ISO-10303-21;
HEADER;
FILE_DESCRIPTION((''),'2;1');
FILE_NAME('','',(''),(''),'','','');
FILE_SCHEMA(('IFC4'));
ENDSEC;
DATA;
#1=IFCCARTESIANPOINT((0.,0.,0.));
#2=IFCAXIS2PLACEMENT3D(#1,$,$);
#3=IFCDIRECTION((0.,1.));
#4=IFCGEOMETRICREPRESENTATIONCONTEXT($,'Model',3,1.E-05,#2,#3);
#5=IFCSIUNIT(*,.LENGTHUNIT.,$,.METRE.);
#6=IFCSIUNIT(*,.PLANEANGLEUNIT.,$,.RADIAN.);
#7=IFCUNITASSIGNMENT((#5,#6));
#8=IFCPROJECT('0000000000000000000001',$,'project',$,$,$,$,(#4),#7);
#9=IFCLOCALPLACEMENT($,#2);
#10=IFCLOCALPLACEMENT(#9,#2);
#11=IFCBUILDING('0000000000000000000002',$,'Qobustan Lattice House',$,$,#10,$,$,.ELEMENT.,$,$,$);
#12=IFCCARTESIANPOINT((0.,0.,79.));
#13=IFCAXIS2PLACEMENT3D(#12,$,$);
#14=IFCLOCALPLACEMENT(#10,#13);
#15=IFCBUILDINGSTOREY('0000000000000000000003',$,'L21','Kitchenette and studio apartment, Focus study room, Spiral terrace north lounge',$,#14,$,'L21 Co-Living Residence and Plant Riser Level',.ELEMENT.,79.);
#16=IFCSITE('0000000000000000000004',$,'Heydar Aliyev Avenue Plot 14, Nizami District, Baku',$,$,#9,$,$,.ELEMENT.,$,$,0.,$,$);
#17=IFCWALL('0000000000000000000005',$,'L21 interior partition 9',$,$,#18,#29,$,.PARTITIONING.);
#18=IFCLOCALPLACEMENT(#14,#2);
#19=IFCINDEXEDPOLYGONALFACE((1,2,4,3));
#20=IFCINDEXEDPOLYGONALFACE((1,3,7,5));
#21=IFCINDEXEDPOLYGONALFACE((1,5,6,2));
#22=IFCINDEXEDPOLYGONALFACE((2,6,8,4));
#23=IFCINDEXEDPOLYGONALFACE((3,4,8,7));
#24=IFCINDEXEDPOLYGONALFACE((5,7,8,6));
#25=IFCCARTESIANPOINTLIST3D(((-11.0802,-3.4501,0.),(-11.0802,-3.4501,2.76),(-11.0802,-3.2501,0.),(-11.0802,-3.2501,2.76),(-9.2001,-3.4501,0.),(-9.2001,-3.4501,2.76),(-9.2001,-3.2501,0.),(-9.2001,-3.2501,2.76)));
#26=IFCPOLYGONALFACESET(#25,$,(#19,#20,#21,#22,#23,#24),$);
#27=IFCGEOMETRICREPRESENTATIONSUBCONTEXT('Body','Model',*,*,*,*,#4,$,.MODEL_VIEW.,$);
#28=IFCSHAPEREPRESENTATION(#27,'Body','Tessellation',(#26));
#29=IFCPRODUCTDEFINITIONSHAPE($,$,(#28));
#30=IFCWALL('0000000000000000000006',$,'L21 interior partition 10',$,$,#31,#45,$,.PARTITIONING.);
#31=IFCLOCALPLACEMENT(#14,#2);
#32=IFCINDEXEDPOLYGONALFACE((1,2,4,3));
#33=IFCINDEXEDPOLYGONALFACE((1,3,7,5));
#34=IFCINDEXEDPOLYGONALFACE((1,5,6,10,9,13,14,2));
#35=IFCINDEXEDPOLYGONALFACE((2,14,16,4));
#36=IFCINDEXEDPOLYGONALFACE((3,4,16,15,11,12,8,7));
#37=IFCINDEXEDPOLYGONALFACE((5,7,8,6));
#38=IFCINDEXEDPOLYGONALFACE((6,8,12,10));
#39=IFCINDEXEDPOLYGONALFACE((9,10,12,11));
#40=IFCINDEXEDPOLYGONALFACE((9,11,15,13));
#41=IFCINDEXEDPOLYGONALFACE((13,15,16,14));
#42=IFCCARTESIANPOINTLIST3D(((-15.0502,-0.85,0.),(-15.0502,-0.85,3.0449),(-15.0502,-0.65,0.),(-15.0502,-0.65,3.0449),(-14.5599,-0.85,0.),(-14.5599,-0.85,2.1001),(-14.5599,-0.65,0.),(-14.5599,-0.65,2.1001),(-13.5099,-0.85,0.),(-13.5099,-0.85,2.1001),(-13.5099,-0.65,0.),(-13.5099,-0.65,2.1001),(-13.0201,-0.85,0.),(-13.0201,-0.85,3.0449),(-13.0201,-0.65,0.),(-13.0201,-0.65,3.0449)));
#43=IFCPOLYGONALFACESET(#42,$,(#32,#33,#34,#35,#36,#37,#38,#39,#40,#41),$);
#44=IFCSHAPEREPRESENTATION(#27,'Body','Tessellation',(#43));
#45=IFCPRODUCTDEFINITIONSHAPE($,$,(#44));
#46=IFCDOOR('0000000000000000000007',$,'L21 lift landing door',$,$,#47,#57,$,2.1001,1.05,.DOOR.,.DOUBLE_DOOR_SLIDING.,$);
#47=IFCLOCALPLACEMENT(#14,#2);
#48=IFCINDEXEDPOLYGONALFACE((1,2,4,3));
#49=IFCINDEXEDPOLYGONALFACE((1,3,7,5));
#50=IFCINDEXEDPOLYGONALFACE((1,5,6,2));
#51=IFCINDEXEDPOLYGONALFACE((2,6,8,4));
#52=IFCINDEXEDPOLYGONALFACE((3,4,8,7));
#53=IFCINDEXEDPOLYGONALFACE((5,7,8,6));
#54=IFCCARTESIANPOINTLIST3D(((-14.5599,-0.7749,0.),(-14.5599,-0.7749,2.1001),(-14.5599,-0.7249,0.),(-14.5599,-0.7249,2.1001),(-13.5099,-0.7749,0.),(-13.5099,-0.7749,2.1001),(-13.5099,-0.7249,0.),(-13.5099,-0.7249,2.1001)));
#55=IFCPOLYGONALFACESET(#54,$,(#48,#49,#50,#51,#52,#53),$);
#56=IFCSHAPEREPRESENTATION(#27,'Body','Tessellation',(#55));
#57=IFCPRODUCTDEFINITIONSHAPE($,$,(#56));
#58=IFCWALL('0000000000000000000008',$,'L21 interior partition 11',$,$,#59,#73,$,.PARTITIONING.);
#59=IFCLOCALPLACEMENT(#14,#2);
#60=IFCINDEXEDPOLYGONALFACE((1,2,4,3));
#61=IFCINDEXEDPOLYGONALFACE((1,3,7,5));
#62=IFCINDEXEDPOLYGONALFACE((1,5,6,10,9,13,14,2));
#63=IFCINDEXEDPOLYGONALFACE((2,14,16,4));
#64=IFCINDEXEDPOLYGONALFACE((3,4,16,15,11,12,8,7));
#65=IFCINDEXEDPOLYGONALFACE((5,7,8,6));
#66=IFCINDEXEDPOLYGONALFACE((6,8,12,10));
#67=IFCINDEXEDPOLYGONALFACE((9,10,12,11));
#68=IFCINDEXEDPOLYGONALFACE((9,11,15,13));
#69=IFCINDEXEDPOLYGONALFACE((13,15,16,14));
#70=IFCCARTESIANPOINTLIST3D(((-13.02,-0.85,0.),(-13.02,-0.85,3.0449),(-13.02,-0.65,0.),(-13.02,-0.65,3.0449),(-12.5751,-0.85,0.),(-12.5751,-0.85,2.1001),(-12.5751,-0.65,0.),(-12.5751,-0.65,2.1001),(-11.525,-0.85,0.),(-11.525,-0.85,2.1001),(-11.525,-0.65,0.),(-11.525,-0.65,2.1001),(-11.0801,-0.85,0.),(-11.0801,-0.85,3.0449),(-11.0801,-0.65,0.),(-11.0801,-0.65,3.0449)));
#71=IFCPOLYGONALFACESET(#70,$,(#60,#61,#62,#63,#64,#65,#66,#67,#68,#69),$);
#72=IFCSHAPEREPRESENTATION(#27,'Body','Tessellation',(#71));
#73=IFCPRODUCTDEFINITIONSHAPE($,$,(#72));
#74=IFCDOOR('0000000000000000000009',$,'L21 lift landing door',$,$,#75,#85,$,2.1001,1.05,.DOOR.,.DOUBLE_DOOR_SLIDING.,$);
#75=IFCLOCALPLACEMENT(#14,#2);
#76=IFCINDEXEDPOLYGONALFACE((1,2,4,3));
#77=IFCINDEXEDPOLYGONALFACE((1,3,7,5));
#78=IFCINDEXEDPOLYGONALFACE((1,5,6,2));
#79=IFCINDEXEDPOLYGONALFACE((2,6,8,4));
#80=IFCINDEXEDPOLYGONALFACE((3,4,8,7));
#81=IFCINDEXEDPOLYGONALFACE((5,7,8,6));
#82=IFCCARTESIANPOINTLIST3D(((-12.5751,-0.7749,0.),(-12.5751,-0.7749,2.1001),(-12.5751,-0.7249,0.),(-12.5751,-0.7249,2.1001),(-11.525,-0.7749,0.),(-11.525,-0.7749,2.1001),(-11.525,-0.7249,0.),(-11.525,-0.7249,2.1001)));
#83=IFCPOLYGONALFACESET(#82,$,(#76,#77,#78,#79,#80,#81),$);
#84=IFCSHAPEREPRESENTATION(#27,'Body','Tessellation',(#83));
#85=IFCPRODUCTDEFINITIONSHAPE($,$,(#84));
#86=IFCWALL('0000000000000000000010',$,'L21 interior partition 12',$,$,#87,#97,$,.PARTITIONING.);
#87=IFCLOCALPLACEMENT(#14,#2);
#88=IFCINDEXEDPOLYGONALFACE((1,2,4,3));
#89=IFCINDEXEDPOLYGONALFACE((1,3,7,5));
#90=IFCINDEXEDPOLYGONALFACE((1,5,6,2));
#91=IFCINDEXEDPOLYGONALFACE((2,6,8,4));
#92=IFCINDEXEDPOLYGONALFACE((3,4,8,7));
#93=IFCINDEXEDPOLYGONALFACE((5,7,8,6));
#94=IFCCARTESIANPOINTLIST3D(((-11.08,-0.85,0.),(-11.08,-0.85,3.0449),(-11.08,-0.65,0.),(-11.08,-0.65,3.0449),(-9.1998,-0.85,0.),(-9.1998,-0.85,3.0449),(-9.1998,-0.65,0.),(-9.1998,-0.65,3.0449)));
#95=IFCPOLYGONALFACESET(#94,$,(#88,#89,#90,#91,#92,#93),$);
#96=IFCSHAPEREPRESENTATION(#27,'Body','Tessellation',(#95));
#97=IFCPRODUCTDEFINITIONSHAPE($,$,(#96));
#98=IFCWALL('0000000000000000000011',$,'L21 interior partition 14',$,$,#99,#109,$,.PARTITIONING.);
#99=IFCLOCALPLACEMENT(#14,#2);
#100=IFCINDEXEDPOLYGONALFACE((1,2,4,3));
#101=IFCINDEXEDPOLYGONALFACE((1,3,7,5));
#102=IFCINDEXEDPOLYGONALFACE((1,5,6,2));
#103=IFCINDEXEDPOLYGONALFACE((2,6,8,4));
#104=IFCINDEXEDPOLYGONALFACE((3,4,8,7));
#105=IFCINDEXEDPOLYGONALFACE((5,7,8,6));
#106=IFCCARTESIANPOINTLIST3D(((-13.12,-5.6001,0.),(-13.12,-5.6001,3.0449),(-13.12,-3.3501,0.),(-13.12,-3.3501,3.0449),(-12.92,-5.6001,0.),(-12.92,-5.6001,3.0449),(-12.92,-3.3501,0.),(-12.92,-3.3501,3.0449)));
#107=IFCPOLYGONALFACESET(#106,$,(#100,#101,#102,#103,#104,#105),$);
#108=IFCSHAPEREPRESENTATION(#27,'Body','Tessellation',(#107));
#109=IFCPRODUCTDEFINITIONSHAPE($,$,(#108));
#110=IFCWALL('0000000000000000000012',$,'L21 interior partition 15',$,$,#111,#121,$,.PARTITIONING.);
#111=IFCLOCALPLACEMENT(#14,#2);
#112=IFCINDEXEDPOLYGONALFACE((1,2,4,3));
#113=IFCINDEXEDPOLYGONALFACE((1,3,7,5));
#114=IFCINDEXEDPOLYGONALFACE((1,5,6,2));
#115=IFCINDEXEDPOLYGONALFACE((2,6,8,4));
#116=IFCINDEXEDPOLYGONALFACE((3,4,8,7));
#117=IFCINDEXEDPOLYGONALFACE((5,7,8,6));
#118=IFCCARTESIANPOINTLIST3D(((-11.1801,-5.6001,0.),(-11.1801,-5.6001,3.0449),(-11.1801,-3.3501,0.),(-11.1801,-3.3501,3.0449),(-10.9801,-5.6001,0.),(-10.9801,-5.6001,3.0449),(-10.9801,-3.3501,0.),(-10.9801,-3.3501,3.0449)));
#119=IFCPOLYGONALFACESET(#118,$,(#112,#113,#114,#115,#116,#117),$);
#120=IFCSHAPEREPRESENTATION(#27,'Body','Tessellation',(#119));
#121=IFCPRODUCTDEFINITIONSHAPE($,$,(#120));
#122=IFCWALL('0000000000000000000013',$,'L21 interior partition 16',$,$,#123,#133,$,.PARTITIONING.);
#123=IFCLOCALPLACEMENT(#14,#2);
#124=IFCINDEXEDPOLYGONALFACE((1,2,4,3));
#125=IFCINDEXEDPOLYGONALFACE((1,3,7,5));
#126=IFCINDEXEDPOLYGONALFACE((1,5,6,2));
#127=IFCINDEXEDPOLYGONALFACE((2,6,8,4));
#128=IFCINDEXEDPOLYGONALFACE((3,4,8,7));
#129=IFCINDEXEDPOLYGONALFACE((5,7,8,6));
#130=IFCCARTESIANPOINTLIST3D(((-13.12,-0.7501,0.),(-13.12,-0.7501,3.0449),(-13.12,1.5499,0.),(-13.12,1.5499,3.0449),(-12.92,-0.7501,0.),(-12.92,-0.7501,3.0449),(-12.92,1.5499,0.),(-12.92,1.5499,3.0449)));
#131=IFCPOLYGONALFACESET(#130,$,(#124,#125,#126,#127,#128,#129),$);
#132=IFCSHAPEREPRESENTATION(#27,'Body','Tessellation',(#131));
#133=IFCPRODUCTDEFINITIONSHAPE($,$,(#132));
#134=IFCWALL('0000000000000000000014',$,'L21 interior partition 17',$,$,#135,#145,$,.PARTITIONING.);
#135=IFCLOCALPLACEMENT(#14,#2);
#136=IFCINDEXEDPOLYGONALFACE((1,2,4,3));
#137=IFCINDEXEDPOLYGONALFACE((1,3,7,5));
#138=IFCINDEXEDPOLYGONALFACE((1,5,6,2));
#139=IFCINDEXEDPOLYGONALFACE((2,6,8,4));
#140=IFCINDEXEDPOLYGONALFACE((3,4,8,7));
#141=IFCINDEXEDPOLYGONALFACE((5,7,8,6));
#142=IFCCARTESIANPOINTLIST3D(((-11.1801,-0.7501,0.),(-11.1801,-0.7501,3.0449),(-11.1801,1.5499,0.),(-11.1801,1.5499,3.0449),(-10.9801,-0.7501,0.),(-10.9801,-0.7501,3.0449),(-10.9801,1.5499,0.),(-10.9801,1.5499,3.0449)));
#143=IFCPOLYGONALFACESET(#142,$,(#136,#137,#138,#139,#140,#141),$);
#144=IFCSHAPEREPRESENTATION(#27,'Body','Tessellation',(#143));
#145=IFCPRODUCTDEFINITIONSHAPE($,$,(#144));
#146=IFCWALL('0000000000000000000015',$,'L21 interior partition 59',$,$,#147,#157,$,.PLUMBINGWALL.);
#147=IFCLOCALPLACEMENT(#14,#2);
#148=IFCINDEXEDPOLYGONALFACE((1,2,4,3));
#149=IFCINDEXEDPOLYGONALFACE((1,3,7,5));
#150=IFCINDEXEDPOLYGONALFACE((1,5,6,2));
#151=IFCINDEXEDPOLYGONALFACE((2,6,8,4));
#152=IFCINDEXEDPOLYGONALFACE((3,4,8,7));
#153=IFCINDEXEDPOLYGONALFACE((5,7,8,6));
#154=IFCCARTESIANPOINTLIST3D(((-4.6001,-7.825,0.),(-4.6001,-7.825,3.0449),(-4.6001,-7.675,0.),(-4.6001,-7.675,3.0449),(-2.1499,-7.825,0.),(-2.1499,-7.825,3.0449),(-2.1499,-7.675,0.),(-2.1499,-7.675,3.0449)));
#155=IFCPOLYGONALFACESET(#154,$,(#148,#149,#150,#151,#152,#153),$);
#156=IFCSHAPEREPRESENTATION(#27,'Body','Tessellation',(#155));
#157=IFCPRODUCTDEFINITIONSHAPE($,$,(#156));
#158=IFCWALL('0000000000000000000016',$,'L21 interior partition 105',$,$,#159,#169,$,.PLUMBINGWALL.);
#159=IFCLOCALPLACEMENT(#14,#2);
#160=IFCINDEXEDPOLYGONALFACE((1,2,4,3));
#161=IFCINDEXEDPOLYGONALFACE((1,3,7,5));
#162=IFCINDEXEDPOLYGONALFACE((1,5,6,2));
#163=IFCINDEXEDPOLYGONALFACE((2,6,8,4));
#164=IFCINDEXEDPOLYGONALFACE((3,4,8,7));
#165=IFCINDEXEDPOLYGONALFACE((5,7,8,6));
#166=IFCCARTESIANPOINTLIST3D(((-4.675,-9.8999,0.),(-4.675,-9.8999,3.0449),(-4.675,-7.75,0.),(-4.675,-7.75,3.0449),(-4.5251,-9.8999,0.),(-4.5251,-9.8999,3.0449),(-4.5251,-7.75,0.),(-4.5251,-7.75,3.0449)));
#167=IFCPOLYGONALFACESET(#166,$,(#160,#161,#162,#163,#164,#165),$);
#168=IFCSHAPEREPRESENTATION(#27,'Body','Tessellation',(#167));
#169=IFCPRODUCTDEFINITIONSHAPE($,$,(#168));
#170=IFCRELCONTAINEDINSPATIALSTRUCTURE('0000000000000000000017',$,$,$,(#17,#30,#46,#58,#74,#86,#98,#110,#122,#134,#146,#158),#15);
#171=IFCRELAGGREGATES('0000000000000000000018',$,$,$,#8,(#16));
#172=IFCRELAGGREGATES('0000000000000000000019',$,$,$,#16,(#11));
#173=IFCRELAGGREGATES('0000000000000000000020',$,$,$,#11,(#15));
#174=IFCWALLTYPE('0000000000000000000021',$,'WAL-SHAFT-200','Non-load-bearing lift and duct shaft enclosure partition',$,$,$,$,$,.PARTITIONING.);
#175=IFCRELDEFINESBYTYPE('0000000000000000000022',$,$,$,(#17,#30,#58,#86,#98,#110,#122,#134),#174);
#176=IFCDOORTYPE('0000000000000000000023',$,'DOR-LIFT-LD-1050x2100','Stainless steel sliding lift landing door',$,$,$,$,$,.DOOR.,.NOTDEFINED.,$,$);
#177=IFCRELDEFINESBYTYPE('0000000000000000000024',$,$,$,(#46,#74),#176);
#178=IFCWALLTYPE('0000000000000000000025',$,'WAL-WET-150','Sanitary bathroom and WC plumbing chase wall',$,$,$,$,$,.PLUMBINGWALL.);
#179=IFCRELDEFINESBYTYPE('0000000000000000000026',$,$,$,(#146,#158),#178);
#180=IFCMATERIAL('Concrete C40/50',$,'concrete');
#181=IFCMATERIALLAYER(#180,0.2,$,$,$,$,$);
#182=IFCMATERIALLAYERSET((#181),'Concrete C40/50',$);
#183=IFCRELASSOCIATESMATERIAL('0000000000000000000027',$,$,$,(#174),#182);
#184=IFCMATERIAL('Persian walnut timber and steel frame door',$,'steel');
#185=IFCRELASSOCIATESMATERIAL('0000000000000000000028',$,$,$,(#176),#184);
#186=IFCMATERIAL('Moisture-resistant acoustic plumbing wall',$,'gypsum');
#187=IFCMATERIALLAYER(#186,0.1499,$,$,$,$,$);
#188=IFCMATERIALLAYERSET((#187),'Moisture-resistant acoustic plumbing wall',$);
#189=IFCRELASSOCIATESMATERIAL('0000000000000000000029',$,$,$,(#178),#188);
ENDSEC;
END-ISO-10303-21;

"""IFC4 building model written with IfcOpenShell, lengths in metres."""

from ifc_helpers import new_model, si_unit, direction, frame, frame_2d, origin, place, context, subcontext, project, spatial, rectangle, extrude, material, layer, layer_set, type_object, element, fill, save


model = new_model("IFC4")

# Units and contexts
model_context = context("Model", 3, precision=1e-05, world=origin(), true_north=direction((0.0, 1.0)))
body_context = subcontext(model_context, "Body", "Model", "MODEL_VIEW")
ifc_project = project(units=[si_unit("LENGTHUNIT", "METRE"), si_unit("PLANEANGLEUNIT", "RADIAN")], contexts=[model_context])

# Site, building, storey
site_placement = place(None, origin())
site = spatial("IfcSite", under=ifc_project, at=site_placement, Name="Heydar Aliyev Avenue Plot 14, Nizami District, Baku", CompositionType="ELEMENT", RefElevation=0.0)
building_placement = place(site_placement, origin())
building = spatial("IfcBuilding", under=site, at=building_placement, Name="Qobustan Lattice House", CompositionType="ELEMENT")
storey_placement = place(building_placement, frame((0.0, 0.0, 79.0)))
storey = spatial("IfcBuildingStorey", under=building, at=storey_placement, Name="L21", Description="Kitchenette and studio apartment, Focus study room, Spiral terrace north lounge", LongName="L21 Co-Living Residence and Plant Riser Level", CompositionType="ELEMENT", Elevation=79.0)

# Shared definitions
ifc_material_1 = material(Name="Concrete C40/50", Category="concrete")
ifc_layer_1 = layer(ifc_material_1, 0.2)
ifc_layer_set_1 = layer_set([ifc_layer_1], Name="Concrete C40/50")
wall_type_1 = type_object("IfcWallType", Name="WAL-SHAFT-200", Description="Non-load-bearing lift and duct shaft enclosure partition", PredefinedType="PARTITIONING", material=ifc_layer_set_1)
ifc_material_2 = material(Name="Persian walnut timber and steel frame door", Category="steel")
door_type_1 = type_object("IfcDoorType", Name="DOR-LIFT-LD-1050x2100", Description="Stainless steel sliding lift landing door", OperationType="NOTDEFINED", PredefinedType="DOOR", material=ifc_material_2)

# Wall
wall_1_placement = place(storey_placement, frame((-11.0801, -3.3501, 0.0), z_axis=(0.0, 0.0, 1.0), x_axis=(1.0, 0.0, 0.0)))
element("IfcWall", 1, at=wall_1_placement, inside=storey, type_object=wall_type_1, Name="L21 interior partition 9", PredefinedType="PARTITIONING", context=body_context, shape_type="SweptSolid", body=[
    extrude(rectangle(XDim=1.8801, YDim=0.2, at=frame_2d((0.9399, 0.0))), origin(), (0.0, 0.0, 1.0), 2.76),
])

# Walls, openings, doors
wall_2_placement = place(storey_placement, frame((-13.02, -0.75, 0.0), z_axis=(0.0, 0.0, 1.0), x_axis=(-1.0, 0.0, 0.0)))
wall_2 = element("IfcWall", 2, at=wall_2_placement, inside=storey, type_object=wall_type_1, Name="L21 interior partition 10", PredefinedType="PARTITIONING", context=body_context, shape_type="SweptSolid", body=[
    extrude(rectangle(XDim=2.03, YDim=0.2, at=frame_2d((1.0151, 0.0))), origin(), (0.0, 0.0, 1.0), 3.0449),
])
opening_1_placement = place(wall_2_placement, frame((0.49, 0.0, 0.0)))
opening_1 = element("IfcOpeningElement", 3, at=opening_1_placement, cuts=wall_2, PredefinedType="OPENING", context=body_context, shape_type="SweptSolid", body=[
    extrude(rectangle(XDim=1.05, YDim=2.1001, at=frame_2d((0.5249, 1.05))), frame((0.0, 0.1099, 0.0), z_axis=(0.0, -1.0, 0.0), x_axis=(1.0, 0.0, 0.0)), (0.0, 0.0, 1.0), 0.22),
])
door_1_placement = place(opening_1_placement, origin())
door_1 = element("IfcDoor", 4, at=door_1_placement, inside=storey, type_object=door_type_1, Name="L21 lift landing door", OperationType="DOUBLE_DOOR_SLIDING", OverallHeight=2.1001, OverallWidth=1.05, PredefinedType="DOOR", context=body_context, shape_type="SweptSolid", body=[
    extrude(rectangle(XDim=1.05, YDim=2.1001, at=frame_2d((0.5249, 1.05))), frame((0.0, 0.0249, 0.0), z_axis=(0.0, -1.0, 0.0), x_axis=(1.0, 0.0, 0.0)), (0.0, 0.0, 1.0), 0.05),
])
fill(opening_1, door_1)
wall_3_placement = place(storey_placement, frame((-11.0801, -0.75, 0.0), z_axis=(0.0, 0.0, 1.0), x_axis=(-1.0, 0.0, 0.0)))
wall_3 = element("IfcWall", 5, at=wall_3_placement, inside=storey, type_object=wall_type_1, Name="L21 interior partition 11", PredefinedType="PARTITIONING", context=body_context, shape_type="SweptSolid", body=[
    extrude(rectangle(XDim=1.9399, YDim=0.2, at=frame_2d((0.97, 0.0))), origin(), (0.0, 0.0, 1.0), 3.0449),
])
opening_2_placement = place(wall_3_placement, frame((0.4451, 0.0, 0.0)))
opening_2 = element("IfcOpeningElement", 6, at=opening_2_placement, cuts=wall_3, PredefinedType="OPENING", context=body_context, shape_type="SweptSolid", body=[
    extrude(rectangle(XDim=1.05, YDim=2.1001, at=frame_2d((0.5249, 1.05))), frame((0.0, 0.1099, 0.0), z_axis=(0.0, -1.0, 0.0), x_axis=(1.0, 0.0, 0.0)), (0.0, 0.0, 1.0), 0.22),
])
door_2_placement = place(opening_2_placement, origin())
door_2 = element("IfcDoor", 7, at=door_2_placement, inside=storey, type_object=door_type_1, Name="L21 lift landing door", OperationType="DOUBLE_DOOR_SLIDING", OverallHeight=2.1001, OverallWidth=1.05, PredefinedType="DOOR", context=body_context, shape_type="SweptSolid", body=[
    extrude(rectangle(XDim=1.05, YDim=2.1001, at=frame_2d((0.5249, 1.05))), frame((0.0, 0.0249, 0.0), z_axis=(0.0, -1.0, 0.0), x_axis=(1.0, 0.0, 0.0)), (0.0, 0.0, 1.0), 0.05),
])
fill(opening_2, door_2)

# Walls
wall_4_placement = place(storey_placement, frame((-9.2, -0.75, 0.0), z_axis=(0.0, 0.0, 1.0), x_axis=(-1.0, 0.0, 0.0)))
element("IfcWall", 8, at=wall_4_placement, inside=storey, type_object=wall_type_1, Name="L21 interior partition 12", PredefinedType="PARTITIONING", context=body_context, shape_type="SweptSolid", body=[
    extrude(rectangle(XDim=1.8801, YDim=0.2, at=frame_2d((0.9399, 0.0))), origin(), (0.0, 0.0, 1.0), 3.0449),
])
for number, where, z_axis, x_axis, name in (
    (9, (-13.02, -5.6001, 0.0), (0.0, 0.0, 1.0), (0.0, 1.0, 0.0), "L21 interior partition 14"),
    (10, (-11.0801, -5.6001, 0.0), (0.0, 0.0, 1.0), (0.0, 1.0, 0.0), "L21 interior partition 15"),
):
    element("IfcWall", number, at=place(storey_placement, frame(where, z_axis=z_axis, x_axis=x_axis)), inside=storey, type_object=wall_type_1, Name=name, PredefinedType="PARTITIONING", context=body_context, shape_type="SweptSolid", body=[
        extrude(rectangle(XDim=2.25, YDim=0.2, at=frame_2d((1.125, 0.0))), origin(), (0.0, 0.0, 1.0), 3.0449),
    ])
for number, where, z_axis, x_axis, name in (
    (11, (-13.02, -0.75, 0.0), (0.0, 0.0, 1.0), (0.0, 1.0, 0.0), "L21 interior partition 16"),
    (12, (-11.0801, -0.75, 0.0), (0.0, 0.0, 1.0), (0.0, 1.0, 0.0), "L21 interior partition 17"),
):
    element("IfcWall", number, at=place(storey_placement, frame(where, z_axis=z_axis, x_axis=x_axis)), inside=storey, type_object=wall_type_1, Name=name, PredefinedType="PARTITIONING", context=body_context, shape_type="SweptSolid", body=[
        extrude(rectangle(XDim=2.3, YDim=0.2, at=frame_2d((1.1499, 0.0))), origin(), (0.0, 0.0, 1.0), 3.0449),
    ])
ifc_material_3 = material(Name="Moisture-resistant acoustic plumbing wall", Category="gypsum")
ifc_layer_2 = layer(ifc_material_3, 0.1499)
ifc_layer_set_2 = layer_set([ifc_layer_2], Name="Moisture-resistant acoustic plumbing wall")
wall_type_2 = type_object("IfcWallType", Name="WAL-WET-150", Description="Sanitary bathroom and WC plumbing chase wall", PredefinedType="PLUMBINGWALL", material=ifc_layer_set_2)
wall_5_placement = place(storey_placement, frame((-2.1499, -7.75, 0.0), z_axis=(0.0, 0.0, 1.0), x_axis=(-1.0, 0.0, 0.0)))
element("IfcWall", 13, at=wall_5_placement, inside=storey, type_object=wall_type_2, Name="L21 interior partition 59", PredefinedType="PLUMBINGWALL", context=body_context, shape_type="SweptSolid", body=[
    extrude(rectangle(XDim=2.4502, YDim=0.1499, at=frame_2d((1.2251, 0.0))), origin(), (0.0, 0.0, 1.0), 3.0449),
])
wall_6_placement = place(storey_placement, frame((-4.6001, -7.75, 0.0), z_axis=(0.0, 0.0, 1.0), x_axis=(0.0, -1.0, 0.0)))
element("IfcWall", 14, at=wall_6_placement, inside=storey, type_object=wall_type_2, Name="L21 interior partition 105", PredefinedType="PLUMBINGWALL", context=body_context, shape_type="SweptSolid", body=[
    extrude(rectangle(XDim=2.1499, YDim=0.1499, at=frame_2d((1.075, 0.0))), origin(), (0.0, 0.0, 1.0), 3.0449),
])

save(model, "model.ifc")
